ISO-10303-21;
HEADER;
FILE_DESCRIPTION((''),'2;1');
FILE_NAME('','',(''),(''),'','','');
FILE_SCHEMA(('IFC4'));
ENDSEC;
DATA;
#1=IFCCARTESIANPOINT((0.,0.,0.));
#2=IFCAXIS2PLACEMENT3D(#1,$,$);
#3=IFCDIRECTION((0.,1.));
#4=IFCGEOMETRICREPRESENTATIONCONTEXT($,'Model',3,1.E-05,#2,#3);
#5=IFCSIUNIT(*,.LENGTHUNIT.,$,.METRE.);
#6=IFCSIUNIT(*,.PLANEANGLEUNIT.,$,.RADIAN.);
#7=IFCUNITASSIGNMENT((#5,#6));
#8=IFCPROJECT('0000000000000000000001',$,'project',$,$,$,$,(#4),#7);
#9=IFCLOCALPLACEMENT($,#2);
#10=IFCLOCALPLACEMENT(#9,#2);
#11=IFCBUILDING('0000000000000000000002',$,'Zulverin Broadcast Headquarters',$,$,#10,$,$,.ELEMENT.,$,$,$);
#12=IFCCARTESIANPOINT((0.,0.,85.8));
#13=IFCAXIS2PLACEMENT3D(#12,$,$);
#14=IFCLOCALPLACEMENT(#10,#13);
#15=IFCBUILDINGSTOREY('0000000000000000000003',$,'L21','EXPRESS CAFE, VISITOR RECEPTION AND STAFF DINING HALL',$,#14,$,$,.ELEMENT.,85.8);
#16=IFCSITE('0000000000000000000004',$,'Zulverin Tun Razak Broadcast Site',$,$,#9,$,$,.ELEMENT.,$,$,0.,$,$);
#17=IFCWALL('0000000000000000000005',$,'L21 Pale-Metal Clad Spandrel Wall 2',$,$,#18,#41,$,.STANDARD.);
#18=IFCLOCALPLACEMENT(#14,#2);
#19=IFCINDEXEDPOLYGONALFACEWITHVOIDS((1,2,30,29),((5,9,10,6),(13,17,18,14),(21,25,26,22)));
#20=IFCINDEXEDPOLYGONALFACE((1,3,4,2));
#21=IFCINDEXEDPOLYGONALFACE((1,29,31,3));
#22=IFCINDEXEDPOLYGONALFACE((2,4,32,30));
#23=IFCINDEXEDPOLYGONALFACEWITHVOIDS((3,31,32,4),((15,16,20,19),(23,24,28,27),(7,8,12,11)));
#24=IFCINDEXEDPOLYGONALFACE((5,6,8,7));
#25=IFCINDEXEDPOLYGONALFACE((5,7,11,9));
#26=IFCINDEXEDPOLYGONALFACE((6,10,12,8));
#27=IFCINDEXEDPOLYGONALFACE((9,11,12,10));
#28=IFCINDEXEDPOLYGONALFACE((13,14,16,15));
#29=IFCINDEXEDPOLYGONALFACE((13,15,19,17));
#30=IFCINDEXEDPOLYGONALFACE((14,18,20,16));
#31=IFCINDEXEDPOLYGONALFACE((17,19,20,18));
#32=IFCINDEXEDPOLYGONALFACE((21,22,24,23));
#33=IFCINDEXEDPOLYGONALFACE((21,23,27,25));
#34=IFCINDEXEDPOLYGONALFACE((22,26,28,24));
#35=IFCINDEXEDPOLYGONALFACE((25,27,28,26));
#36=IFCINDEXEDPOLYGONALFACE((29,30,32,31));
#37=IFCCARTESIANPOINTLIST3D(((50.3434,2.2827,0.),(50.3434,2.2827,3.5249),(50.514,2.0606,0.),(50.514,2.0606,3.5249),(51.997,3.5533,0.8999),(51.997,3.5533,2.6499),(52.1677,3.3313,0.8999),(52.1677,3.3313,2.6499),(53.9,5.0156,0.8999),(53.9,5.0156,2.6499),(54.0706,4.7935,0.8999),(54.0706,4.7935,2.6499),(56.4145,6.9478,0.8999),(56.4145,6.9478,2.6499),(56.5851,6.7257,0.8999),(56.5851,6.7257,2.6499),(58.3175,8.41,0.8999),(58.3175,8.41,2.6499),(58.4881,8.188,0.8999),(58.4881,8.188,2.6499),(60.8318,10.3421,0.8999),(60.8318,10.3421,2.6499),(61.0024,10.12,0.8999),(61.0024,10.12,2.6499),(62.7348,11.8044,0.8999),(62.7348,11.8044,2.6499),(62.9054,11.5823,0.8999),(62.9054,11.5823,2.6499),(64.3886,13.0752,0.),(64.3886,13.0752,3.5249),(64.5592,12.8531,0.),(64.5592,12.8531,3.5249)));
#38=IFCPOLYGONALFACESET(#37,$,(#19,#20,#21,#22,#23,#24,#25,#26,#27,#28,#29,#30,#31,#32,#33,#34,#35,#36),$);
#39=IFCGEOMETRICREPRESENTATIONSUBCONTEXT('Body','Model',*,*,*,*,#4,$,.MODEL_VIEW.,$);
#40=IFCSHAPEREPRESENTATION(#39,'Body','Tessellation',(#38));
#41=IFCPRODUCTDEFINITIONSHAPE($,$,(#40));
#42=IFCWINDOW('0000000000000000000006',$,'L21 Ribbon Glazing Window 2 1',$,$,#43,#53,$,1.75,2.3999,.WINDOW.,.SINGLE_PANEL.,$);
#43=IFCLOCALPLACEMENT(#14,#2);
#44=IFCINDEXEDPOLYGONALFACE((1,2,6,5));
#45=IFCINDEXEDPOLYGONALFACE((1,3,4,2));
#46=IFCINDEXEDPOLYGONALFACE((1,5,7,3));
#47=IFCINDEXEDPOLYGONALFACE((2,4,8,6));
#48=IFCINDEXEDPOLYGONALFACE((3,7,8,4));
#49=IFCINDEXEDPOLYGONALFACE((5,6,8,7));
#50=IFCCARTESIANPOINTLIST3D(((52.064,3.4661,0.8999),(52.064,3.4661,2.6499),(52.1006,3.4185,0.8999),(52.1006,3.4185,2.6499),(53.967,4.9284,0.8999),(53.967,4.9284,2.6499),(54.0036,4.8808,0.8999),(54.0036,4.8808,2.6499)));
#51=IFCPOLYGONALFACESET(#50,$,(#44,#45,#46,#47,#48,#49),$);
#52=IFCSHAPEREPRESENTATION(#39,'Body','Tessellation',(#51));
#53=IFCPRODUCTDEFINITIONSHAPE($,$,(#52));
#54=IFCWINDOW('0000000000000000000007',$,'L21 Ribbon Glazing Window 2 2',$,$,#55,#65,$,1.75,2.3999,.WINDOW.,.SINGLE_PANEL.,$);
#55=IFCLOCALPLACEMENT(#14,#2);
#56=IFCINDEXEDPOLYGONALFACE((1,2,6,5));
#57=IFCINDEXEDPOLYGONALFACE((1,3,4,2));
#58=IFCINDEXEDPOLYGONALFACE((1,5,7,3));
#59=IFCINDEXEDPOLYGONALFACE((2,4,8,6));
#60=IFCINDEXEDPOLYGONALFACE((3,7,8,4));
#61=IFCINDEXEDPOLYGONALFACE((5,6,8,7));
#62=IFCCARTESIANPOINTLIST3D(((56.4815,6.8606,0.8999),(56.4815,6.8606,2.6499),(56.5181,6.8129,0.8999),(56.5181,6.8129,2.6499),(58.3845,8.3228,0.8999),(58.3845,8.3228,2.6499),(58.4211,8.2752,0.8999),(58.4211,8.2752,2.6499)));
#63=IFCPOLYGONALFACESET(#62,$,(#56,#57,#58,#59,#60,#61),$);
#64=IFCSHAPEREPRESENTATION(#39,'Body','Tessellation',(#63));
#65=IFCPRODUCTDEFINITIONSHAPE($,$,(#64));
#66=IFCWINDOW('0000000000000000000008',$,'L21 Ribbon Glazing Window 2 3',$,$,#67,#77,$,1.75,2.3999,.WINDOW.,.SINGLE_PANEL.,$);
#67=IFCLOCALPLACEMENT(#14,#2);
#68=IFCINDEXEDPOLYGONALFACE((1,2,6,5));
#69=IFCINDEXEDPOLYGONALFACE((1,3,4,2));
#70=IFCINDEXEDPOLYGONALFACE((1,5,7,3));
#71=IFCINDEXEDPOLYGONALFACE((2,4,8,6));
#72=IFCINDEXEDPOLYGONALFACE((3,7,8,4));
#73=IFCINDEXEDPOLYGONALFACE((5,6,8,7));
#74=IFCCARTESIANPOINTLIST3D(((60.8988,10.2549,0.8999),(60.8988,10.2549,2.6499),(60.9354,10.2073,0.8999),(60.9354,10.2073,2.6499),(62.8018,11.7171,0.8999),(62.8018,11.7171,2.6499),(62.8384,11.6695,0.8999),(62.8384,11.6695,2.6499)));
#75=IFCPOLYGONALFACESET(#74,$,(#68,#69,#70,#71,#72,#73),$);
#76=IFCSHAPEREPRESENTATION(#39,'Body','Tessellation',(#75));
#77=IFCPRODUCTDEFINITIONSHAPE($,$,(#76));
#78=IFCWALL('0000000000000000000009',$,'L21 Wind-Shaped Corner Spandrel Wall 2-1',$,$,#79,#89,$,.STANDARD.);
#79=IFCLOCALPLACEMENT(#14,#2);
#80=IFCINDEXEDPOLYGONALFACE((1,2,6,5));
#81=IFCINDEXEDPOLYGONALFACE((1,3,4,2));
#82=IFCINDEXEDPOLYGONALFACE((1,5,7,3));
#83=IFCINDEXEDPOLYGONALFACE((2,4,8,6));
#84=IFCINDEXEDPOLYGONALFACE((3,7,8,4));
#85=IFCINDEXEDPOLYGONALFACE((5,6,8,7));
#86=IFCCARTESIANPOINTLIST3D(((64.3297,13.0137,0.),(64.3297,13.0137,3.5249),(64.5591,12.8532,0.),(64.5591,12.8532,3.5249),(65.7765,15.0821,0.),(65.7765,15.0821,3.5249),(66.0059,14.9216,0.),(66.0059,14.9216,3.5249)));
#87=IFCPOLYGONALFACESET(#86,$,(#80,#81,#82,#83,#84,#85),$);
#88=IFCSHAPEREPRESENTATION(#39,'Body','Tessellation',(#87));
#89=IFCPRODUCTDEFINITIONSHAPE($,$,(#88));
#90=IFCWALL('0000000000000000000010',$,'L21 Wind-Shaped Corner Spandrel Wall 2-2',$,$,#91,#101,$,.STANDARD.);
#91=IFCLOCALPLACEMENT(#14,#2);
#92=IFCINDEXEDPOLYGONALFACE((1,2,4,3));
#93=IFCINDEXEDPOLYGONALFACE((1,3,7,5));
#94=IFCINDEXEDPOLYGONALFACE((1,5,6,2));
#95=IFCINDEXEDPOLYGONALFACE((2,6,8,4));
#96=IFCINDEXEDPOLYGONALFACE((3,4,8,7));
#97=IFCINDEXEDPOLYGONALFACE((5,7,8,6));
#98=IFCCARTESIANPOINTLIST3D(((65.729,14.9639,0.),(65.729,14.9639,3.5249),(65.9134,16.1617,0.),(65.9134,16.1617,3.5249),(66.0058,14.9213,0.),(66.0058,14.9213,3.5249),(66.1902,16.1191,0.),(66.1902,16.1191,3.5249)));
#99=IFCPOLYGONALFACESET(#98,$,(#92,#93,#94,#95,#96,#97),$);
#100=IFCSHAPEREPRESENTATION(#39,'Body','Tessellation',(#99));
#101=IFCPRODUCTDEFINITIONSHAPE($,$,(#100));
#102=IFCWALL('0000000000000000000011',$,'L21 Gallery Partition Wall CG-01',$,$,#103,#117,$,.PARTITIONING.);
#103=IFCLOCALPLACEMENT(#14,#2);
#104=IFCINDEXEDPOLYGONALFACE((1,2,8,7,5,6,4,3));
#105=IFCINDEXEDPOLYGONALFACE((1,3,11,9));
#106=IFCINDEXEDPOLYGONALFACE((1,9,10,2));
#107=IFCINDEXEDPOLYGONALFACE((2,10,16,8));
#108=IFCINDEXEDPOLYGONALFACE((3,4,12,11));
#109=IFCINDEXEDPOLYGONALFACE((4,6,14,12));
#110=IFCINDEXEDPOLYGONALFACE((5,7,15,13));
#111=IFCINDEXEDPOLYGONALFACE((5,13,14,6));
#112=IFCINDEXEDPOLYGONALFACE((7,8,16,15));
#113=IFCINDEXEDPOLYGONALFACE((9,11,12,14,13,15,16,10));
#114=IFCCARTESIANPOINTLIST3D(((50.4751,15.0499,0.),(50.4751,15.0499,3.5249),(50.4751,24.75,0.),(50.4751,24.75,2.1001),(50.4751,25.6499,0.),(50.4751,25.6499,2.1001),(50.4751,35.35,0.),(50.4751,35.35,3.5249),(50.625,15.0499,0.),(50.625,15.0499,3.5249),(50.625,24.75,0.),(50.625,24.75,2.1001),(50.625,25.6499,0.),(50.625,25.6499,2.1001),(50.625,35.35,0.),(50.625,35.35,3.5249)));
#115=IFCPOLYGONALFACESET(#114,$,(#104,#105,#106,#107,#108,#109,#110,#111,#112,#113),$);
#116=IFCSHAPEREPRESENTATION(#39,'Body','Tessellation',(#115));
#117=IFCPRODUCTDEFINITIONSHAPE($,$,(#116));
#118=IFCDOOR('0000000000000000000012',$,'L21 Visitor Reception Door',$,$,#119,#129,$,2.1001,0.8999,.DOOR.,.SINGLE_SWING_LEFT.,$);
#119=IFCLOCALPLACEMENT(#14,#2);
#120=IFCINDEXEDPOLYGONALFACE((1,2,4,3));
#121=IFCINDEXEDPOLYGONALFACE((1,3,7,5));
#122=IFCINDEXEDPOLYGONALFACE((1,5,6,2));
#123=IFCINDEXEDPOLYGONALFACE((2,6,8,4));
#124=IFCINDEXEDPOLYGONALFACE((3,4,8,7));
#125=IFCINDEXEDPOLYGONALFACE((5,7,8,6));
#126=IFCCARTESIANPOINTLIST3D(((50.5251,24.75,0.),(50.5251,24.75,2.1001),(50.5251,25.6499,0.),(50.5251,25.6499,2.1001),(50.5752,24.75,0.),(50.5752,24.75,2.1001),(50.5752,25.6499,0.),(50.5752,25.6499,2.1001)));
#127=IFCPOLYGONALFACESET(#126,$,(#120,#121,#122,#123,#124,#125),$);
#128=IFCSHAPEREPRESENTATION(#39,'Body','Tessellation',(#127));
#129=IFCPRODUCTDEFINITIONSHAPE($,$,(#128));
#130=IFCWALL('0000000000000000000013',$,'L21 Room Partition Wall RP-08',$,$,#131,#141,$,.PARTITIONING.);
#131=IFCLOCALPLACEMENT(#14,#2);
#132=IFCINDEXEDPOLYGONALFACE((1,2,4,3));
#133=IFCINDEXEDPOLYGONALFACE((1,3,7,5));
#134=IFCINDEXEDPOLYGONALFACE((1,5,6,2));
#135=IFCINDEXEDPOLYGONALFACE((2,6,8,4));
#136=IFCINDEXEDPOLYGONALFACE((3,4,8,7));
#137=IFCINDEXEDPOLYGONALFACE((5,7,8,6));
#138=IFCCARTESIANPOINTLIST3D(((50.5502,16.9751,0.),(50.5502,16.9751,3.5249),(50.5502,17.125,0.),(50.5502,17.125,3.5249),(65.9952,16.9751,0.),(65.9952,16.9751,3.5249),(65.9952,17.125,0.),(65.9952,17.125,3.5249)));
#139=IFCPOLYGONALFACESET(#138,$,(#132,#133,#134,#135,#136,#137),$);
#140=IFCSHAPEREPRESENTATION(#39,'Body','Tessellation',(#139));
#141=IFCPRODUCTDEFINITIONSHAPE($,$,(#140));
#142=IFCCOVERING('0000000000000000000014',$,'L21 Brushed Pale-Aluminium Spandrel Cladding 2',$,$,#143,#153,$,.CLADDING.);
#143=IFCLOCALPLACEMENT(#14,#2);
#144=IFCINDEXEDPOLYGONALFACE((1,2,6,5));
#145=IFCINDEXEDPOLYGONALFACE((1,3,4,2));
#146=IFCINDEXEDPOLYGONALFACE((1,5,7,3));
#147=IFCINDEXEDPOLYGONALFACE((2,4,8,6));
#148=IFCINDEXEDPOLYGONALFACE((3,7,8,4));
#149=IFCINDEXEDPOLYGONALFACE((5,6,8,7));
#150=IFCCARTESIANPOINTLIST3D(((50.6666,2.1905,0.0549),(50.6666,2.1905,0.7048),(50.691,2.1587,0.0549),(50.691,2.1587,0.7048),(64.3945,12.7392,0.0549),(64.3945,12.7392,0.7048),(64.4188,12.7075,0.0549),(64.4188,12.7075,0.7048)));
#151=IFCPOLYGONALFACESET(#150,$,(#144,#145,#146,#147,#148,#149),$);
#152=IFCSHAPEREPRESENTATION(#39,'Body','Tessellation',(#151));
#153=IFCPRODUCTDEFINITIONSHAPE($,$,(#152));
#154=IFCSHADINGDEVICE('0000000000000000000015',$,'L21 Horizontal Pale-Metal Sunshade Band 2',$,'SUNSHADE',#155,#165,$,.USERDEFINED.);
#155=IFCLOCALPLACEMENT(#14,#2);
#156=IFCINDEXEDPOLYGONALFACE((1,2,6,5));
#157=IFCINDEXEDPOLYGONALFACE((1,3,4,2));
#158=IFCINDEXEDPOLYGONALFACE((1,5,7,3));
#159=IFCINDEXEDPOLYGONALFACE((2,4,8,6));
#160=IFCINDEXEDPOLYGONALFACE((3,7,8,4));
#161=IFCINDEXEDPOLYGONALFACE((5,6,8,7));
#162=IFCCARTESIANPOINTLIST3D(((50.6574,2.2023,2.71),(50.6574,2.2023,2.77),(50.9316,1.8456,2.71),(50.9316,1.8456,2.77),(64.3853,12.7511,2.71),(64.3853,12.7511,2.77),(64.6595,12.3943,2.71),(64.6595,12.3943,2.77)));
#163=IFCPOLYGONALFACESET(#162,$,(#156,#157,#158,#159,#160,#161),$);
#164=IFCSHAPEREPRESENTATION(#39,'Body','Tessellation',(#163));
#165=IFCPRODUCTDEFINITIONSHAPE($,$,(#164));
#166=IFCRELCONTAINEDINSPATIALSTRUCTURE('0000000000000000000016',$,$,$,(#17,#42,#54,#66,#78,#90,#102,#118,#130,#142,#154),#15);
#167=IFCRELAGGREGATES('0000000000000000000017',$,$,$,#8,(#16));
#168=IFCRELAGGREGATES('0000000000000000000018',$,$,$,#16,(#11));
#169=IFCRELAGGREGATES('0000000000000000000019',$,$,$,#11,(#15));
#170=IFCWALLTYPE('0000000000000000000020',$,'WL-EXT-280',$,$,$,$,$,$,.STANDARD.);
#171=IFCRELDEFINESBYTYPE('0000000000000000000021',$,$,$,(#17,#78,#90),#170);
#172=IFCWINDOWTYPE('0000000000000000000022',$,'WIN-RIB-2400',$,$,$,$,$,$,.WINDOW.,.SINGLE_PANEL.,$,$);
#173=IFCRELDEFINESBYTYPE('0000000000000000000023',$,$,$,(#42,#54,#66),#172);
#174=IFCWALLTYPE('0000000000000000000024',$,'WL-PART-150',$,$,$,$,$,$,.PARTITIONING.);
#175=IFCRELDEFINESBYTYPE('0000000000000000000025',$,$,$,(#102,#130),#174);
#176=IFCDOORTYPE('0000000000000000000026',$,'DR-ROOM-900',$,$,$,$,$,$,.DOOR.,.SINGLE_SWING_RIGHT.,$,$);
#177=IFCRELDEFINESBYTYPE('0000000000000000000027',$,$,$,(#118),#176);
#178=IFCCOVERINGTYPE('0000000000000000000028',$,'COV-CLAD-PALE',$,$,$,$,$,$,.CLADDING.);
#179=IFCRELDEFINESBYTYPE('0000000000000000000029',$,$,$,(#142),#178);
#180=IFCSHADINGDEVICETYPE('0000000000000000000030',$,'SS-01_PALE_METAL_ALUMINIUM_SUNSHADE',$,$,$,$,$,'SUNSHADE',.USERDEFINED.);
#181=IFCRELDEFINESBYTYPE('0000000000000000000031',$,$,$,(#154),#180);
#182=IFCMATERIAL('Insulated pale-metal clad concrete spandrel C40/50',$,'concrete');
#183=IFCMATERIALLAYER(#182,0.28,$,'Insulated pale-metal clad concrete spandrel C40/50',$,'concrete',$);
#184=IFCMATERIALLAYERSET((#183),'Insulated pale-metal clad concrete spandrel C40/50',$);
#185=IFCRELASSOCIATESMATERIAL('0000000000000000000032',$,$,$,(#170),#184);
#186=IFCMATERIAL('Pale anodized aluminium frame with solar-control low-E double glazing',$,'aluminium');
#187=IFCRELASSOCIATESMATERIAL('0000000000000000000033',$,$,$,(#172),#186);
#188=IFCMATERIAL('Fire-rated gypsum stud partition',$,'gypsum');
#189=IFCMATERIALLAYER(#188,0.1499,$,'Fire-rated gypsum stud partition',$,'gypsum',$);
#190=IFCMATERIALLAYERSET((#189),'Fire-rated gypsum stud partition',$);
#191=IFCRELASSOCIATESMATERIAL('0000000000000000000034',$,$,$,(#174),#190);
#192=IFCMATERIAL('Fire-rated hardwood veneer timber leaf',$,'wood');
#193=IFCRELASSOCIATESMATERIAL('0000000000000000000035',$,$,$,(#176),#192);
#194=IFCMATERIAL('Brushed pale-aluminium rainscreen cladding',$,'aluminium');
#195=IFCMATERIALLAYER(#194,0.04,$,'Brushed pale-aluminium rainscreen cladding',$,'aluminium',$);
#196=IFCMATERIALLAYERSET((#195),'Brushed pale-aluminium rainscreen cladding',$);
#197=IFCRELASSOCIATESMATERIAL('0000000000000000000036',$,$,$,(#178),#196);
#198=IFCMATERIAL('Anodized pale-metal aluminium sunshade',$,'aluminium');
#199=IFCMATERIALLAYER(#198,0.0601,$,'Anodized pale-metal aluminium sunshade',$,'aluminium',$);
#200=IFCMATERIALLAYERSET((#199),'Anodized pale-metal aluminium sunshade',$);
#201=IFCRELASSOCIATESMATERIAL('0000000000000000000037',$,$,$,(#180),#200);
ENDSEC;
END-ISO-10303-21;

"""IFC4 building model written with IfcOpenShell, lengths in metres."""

from ifc_helpers import new_model, si_unit, direction, frame, frame_2d, origin, origin_2d, place, context, subcontext, project, spatial, rectangle, extrude, material, layer, layer_set, type_object, element, fill, save


model = new_model("IFC4")

# Units and contexts
model_context = context("Model", 3, precision=1e-05, world=origin(), true_north=direction((0.0, 1.0)))
body_context = subcontext(model_context, "Body", "Model", "MODEL_VIEW")
ifc_project = project(units=[si_unit("LENGTHUNIT", "METRE"), si_unit("PLANEANGLEUNIT", "RADIAN")], contexts=[model_context])

# Site, building, storey
site_placement = place(None, origin())
site = spatial("IfcSite", under=ifc_project, at=site_placement, Name="Zulverin Tun Razak Broadcast Site", CompositionType="ELEMENT", RefElevation=0.0)
building_placement = place(site_placement, origin())
building = spatial("IfcBuilding", under=site, at=building_placement, Name="Zulverin Broadcast Headquarters", CompositionType="ELEMENT")
storey_placement = place(building_placement, frame((0.0, 0.0, 85.8)))
storey = spatial("IfcBuildingStorey", under=building, at=storey_placement, Name="L21", Description="EXPRESS CAFE, VISITOR RECEPTION AND STAFF DINING HALL", CompositionType="ELEMENT", Elevation=85.8)

# Wall, openings, windows
ifc_material_1 = material(Name="Insulated pale-metal clad concrete spandrel C40/50", Category="concrete")
ifc_layer_1 = layer(ifc_material_1, 0.28, Name="Insulated pale-metal clad concrete spandrel C40/50", Category="concrete")
ifc_layer_set_1 = layer_set([ifc_layer_1], Name="Insulated pale-metal clad concrete spandrel C40/50")
wall_type_1 = type_object("IfcWallType", Name="WL-EXT-280", PredefinedType="STANDARD", material=ifc_layer_set_1)
wall_1_placement = place(storey_placement, frame((50.4287, 2.1716, 0.0), z_axis=(0.0, 0.0, 1.0), x_axis=(0.792937, 0.609303, 0.0)))
wall_1 = element("IfcWall", 1, at=wall_1_placement, inside=storey, type_object=wall_type_1, Name="L21 Pale-Metal Clad Spandrel Wall 2", PredefinedType="STANDARD", context=body_context, shape_type="SweptSolid", body=[
    extrude(rectangle(XDim=17.7129, YDim=0.28, at=frame_2d((8.8564, 0.0))), origin(), (0.0, 0.0, 1.0), 3.5249),
])
opening_1_placement = place(wall_1_placement, frame((2.0854, 0.0, 0.8999)))
opening_1 = element("IfcOpeningElement", 2, at=opening_1_placement, cuts=wall_1, PredefinedType="OPENING", context=body_context, shape_type="SweptSolid", body=[
    extrude(rectangle(XDim=2.3999, YDim=1.75, at=frame_2d((1.2, 0.875))), frame((0.0, 0.1499, 0.0), z_axis=(0.0, -1.0, 0.0), x_axis=(1.0, 0.0, 0.0)), (0.0, 0.0, 1.0), 0.3),
])
opening_2_placement = place(wall_1_placement, frame((7.6565, 0.0, 0.8999)))
opening_2 = element("IfcOpeningElement", 3, at=opening_2_placement, cuts=wall_1, PredefinedType="OPENING", context=body_context, shape_type="SweptSolid", body=[
    extrude(rectangle(XDim=2.3999, YDim=1.75, at=frame_2d((1.2, 0.875))), frame((0.0, 0.1499, 0.0), z_axis=(0.0, -1.0, 0.0), x_axis=(1.0, 0.0, 0.0)), (0.0, 0.0, 1.0), 0.3),
])
opening_3_placement = place(wall_1_placement, frame((13.2273, 0.0, 0.8999)))
opening_3 = element("IfcOpeningElement", 4, at=opening_3_placement, cuts=wall_1, PredefinedType="OPENING", context=body_context, shape_type="SweptSolid", body=[
    extrude(rectangle(XDim=2.3999, YDim=1.75, at=frame_2d((1.2, 0.875))), frame((0.0, 0.1499, 0.0), z_axis=(0.0, -1.0, 0.0), x_axis=(1.0, 0.0, 0.0)), (0.0, 0.0, 1.0), 0.3),
])
ifc_material_2 = material(Name="Pale anodized aluminium frame with solar-control low-E double glazing", Category="aluminium")
window_type = type_object("IfcWindowType", Name="WIN-RIB-2400", PartitioningType="SINGLE_PANEL", PredefinedType="WINDOW", material=ifc_material_2)
window_1_placement = place(opening_1_placement, origin())
window_1 = element("IfcWindow", 5, at=window_1_placement, inside=storey, type_object=window_type, Name="L21 Ribbon Glazing Window 2 1", OverallHeight=1.75, OverallWidth=2.3999, PartitioningType="SINGLE_PANEL", PredefinedType="WINDOW", context=body_context, shape_type="SweptSolid", body=[
    extrude(rectangle(XDim=2.3999, YDim=1.75, at=frame_2d((1.2, 0.875))), frame((0.0, 0.03, 0.0), z_axis=(0.0, -1.0, 0.0), x_axis=(1.0, 0.0, 0.0)), (0.0, 0.0, 1.0), 0.0601),
])
fill(opening_1, window_1)
window_2_placement = place(opening_2_placement, origin())
window_2 = element("IfcWindow", 6, at=window_2_placement, inside=storey, type_object=window_type, Name="L21 Ribbon Glazing Window 2 2", OverallHeight=1.75, OverallWidth=2.3999, PartitioningType="SINGLE_PANEL", PredefinedType="WINDOW", context=body_context, shape_type="SweptSolid", body=[
    extrude(rectangle(XDim=2.3999, YDim=1.75, at=frame_2d((1.2, 0.875))), frame((0.0, 0.03, 0.0), z_axis=(0.0, -1.0, 0.0), x_axis=(1.0, 0.0, 0.0)), (0.0, 0.0, 1.0), 0.0601),
])
fill(opening_2, window_2)
window_3_placement = place(opening_3_placement, origin())
window_3 = element("IfcWindow", 7, at=window_3_placement, inside=storey, type_object=window_type, Name="L21 Ribbon Glazing Window 2 3", OverallHeight=1.75, OverallWidth=2.3999, PartitioningType="SINGLE_PANEL", PredefinedType="WINDOW", context=body_context, shape_type="SweptSolid", body=[
    extrude(rectangle(XDim=2.3999, YDim=1.75, at=frame_2d((1.2, 0.875))), frame((0.0, 0.03, 0.0), z_axis=(0.0, -1.0, 0.0), x_axis=(1.0, 0.0, 0.0)), (0.0, 0.0, 1.0), 0.0601),
])
fill(opening_3, window_3)

# Walls
wall_2_placement = place(storey_placement, frame((64.4443, 12.9333, 0.0), z_axis=(0.0, 0.0, 1.0), x_axis=(0.573177, 0.819432, 0.0)))
element("IfcWall", 8, at=wall_2_placement, inside=storey, type_object=wall_type_1, Name="L21 Wind-Shaped Corner Spandrel Wall 2-1", PredefinedType="STANDARD", context=body_context, shape_type="SweptSolid", body=[
    extrude(rectangle(XDim=2.5242, YDim=0.28, at=frame_2d((1.2622, 0.0))), origin(), (0.0, 0.0, 1.0), 3.5249),
])
wall_3_placement = place(storey_placement, frame((65.8674, 14.9426, 0.0), z_axis=(0.0, 0.0, 1.0), x_axis=(0.152103, 0.988365, 0.0)))
element("IfcWall", 9, at=wall_3_placement, inside=storey, type_object=wall_type_1, Name="L21 Wind-Shaped Corner Spandrel Wall 2-2", PredefinedType="STANDARD", context=body_context, shape_type="SweptSolid", body=[
    extrude(rectangle(XDim=1.2119, YDim=0.28, at=frame_2d((0.606, 0.0))), origin(), (0.0, 0.0, 1.0), 3.5249),
])

# Wall, opening, door
ifc_material_3 = material(Name="Fire-rated gypsum stud partition", Category="gypsum")
ifc_layer_2 = layer(ifc_material_3, 0.1499, Name="Fire-rated gypsum stud partition", Category="gypsum")
ifc_layer_set_2 = layer_set([ifc_layer_2], Name="Fire-rated gypsum stud partition")
wall_type_2 = type_object("IfcWallType", Name="WL-PART-150", PredefinedType="PARTITIONING", material=ifc_layer_set_2)
wall_4_placement = place(storey_placement, frame((50.55, 15.05, 0.0), z_axis=(0.0, 0.0, 1.0), x_axis=(0.0, 1.0, 0.0)))
wall_4 = element("IfcWall", 10, at=wall_4_placement, inside=storey, type_object=wall_type_2, Name="L21 Gallery Partition Wall CG-01", PredefinedType="PARTITIONING", context=body_context, shape_type="SweptSolid", body=[
    extrude(rectangle(XDim=20.3, YDim=0.1499, at=frame_2d((10.1499, 0.0))), origin(), (0.0, 0.0, 1.0), 3.5249),
])
opening_4_placement = place(wall_4_placement, frame((9.7, 0.0, 0.0)))
opening_4 = element("IfcOpeningElement", 11, at=opening_4_placement, cuts=wall_4, PredefinedType="OPENING", context=body_context, shape_type="SweptSolid", body=[
    extrude(rectangle(XDim=0.8999, YDim=2.1001, at=frame_2d((0.45, 1.05))), frame((0.0, 0.085, 0.0), z_axis=(0.0, -1.0, 0.0), x_axis=(1.0, 0.0, 0.0)), (0.0, 0.0, 1.0), 0.1699),
])
ifc_material_4 = material(Name="Fire-rated hardwood veneer timber leaf", Category="wood")
door_type = type_object("IfcDoorType", Name="DR-ROOM-900", OperationType="SINGLE_SWING_RIGHT", PredefinedType="DOOR", material=ifc_material_4)
door_placement = place(opening_4_placement, origin())
door = element("IfcDoor", 12, at=door_placement, inside=storey, type_object=door_type, Name="L21 Visitor Reception Door", OperationType="SINGLE_SWING_LEFT", OverallHeight=2.1001, OverallWidth=0.8999, PredefinedType="DOOR", context=body_context, shape_type="SweptSolid", body=[
    extrude(rectangle(XDim=0.8999, YDim=2.1001, at=frame_2d((0.45, 1.05))), frame((0.0, 0.0249, 0.0), z_axis=(0.0, -1.0, 0.0), x_axis=(1.0, 0.0, 0.0)), (0.0, 0.0, 1.0), 0.05),
])
fill(opening_4, door)

# Wall
wall_5_placement = place(storey_placement, frame((50.55, 17.05, 0.0), z_axis=(0.0, 0.0, 1.0), x_axis=(1.0, 0.0, 0.0)))
element("IfcWall", 13, at=wall_5_placement, inside=storey, type_object=wall_type_2, Name="L21 Room Partition Wall RP-08", PredefinedType="PARTITIONING", context=body_context, shape_type="SweptSolid", body=[
    extrude(rectangle(XDim=15.4451, YDim=0.1499, at=frame_2d((7.7227, 0.0))), origin(), (0.0, 0.0, 1.0), 3.5249),
])

# Covering
ifc_material_5 = material(Name="Brushed pale-aluminium rainscreen cladding", Category="aluminium")
ifc_layer_3 = layer(ifc_material_5, 0.04, Name="Brushed pale-aluminium rainscreen cladding", Category="aluminium")
ifc_layer_set_3 = layer_set([ifc_layer_3], Name="Brushed pale-aluminium rainscreen cladding")
covering_type = type_object("IfcCoveringType", Name="COV-CLAD-PALE", PredefinedType="CLADDING", material=ifc_layer_set_3)
covering_placement = place(storey_placement, frame((57.5427, 7.449, 0.0549), z_axis=(0.0, 0.0, 1.0), x_axis=(0.792933, 0.609308, 0.0)))
element("IfcCovering", 14, at=covering_placement, inside=storey, type_object=covering_type, Name="L21 Brushed Pale-Aluminium Spandrel Cladding 2", PredefinedType="CLADDING", context=body_context, shape_type="SweptSolid", body=[
    extrude(rectangle(XDim=17.3127, YDim=0.04, at=origin_2d()), origin(), (0.0, 0.0, 1.0), 0.6499),
])

# Shading device
ifc_material_6 = material(Name="Anodized pale-metal aluminium sunshade", Category="aluminium")
ifc_layer_4 = layer(ifc_material_6, 0.0601, Name="Anodized pale-metal aluminium sunshade", Category="aluminium")
ifc_layer_set_4 = layer_set([ifc_layer_4], Name="Anodized pale-metal aluminium sunshade")
shading_device_type = type_object("IfcShadingDeviceType", Name="SS-01_PALE_METAL_ALUMINIUM_SUNSHADE", ElementType="SUNSHADE", PredefinedType="USERDEFINED", material=ifc_layer_set_4)
shading_device_placement = place(storey_placement, frame((57.6584, 7.2983, 2.71), z_axis=(0.0, 0.0, 1.0), x_axis=(0.792933, 0.609308, 0.0)))
element("IfcShadingDevice", 15, at=shading_device_placement, inside=storey, type_object=shading_device_type, Name="L21 Horizontal Pale-Metal Sunshade Band 2", ObjectType="SUNSHADE", PredefinedType="USERDEFINED", context=body_context, shape_type="SweptSolid", body=[
    extrude(rectangle(XDim=17.3127, YDim=0.45, at=origin_2d()), origin(), (0.0, 0.0, 1.0), 0.0601),
])

save(model, "model.ifc")
